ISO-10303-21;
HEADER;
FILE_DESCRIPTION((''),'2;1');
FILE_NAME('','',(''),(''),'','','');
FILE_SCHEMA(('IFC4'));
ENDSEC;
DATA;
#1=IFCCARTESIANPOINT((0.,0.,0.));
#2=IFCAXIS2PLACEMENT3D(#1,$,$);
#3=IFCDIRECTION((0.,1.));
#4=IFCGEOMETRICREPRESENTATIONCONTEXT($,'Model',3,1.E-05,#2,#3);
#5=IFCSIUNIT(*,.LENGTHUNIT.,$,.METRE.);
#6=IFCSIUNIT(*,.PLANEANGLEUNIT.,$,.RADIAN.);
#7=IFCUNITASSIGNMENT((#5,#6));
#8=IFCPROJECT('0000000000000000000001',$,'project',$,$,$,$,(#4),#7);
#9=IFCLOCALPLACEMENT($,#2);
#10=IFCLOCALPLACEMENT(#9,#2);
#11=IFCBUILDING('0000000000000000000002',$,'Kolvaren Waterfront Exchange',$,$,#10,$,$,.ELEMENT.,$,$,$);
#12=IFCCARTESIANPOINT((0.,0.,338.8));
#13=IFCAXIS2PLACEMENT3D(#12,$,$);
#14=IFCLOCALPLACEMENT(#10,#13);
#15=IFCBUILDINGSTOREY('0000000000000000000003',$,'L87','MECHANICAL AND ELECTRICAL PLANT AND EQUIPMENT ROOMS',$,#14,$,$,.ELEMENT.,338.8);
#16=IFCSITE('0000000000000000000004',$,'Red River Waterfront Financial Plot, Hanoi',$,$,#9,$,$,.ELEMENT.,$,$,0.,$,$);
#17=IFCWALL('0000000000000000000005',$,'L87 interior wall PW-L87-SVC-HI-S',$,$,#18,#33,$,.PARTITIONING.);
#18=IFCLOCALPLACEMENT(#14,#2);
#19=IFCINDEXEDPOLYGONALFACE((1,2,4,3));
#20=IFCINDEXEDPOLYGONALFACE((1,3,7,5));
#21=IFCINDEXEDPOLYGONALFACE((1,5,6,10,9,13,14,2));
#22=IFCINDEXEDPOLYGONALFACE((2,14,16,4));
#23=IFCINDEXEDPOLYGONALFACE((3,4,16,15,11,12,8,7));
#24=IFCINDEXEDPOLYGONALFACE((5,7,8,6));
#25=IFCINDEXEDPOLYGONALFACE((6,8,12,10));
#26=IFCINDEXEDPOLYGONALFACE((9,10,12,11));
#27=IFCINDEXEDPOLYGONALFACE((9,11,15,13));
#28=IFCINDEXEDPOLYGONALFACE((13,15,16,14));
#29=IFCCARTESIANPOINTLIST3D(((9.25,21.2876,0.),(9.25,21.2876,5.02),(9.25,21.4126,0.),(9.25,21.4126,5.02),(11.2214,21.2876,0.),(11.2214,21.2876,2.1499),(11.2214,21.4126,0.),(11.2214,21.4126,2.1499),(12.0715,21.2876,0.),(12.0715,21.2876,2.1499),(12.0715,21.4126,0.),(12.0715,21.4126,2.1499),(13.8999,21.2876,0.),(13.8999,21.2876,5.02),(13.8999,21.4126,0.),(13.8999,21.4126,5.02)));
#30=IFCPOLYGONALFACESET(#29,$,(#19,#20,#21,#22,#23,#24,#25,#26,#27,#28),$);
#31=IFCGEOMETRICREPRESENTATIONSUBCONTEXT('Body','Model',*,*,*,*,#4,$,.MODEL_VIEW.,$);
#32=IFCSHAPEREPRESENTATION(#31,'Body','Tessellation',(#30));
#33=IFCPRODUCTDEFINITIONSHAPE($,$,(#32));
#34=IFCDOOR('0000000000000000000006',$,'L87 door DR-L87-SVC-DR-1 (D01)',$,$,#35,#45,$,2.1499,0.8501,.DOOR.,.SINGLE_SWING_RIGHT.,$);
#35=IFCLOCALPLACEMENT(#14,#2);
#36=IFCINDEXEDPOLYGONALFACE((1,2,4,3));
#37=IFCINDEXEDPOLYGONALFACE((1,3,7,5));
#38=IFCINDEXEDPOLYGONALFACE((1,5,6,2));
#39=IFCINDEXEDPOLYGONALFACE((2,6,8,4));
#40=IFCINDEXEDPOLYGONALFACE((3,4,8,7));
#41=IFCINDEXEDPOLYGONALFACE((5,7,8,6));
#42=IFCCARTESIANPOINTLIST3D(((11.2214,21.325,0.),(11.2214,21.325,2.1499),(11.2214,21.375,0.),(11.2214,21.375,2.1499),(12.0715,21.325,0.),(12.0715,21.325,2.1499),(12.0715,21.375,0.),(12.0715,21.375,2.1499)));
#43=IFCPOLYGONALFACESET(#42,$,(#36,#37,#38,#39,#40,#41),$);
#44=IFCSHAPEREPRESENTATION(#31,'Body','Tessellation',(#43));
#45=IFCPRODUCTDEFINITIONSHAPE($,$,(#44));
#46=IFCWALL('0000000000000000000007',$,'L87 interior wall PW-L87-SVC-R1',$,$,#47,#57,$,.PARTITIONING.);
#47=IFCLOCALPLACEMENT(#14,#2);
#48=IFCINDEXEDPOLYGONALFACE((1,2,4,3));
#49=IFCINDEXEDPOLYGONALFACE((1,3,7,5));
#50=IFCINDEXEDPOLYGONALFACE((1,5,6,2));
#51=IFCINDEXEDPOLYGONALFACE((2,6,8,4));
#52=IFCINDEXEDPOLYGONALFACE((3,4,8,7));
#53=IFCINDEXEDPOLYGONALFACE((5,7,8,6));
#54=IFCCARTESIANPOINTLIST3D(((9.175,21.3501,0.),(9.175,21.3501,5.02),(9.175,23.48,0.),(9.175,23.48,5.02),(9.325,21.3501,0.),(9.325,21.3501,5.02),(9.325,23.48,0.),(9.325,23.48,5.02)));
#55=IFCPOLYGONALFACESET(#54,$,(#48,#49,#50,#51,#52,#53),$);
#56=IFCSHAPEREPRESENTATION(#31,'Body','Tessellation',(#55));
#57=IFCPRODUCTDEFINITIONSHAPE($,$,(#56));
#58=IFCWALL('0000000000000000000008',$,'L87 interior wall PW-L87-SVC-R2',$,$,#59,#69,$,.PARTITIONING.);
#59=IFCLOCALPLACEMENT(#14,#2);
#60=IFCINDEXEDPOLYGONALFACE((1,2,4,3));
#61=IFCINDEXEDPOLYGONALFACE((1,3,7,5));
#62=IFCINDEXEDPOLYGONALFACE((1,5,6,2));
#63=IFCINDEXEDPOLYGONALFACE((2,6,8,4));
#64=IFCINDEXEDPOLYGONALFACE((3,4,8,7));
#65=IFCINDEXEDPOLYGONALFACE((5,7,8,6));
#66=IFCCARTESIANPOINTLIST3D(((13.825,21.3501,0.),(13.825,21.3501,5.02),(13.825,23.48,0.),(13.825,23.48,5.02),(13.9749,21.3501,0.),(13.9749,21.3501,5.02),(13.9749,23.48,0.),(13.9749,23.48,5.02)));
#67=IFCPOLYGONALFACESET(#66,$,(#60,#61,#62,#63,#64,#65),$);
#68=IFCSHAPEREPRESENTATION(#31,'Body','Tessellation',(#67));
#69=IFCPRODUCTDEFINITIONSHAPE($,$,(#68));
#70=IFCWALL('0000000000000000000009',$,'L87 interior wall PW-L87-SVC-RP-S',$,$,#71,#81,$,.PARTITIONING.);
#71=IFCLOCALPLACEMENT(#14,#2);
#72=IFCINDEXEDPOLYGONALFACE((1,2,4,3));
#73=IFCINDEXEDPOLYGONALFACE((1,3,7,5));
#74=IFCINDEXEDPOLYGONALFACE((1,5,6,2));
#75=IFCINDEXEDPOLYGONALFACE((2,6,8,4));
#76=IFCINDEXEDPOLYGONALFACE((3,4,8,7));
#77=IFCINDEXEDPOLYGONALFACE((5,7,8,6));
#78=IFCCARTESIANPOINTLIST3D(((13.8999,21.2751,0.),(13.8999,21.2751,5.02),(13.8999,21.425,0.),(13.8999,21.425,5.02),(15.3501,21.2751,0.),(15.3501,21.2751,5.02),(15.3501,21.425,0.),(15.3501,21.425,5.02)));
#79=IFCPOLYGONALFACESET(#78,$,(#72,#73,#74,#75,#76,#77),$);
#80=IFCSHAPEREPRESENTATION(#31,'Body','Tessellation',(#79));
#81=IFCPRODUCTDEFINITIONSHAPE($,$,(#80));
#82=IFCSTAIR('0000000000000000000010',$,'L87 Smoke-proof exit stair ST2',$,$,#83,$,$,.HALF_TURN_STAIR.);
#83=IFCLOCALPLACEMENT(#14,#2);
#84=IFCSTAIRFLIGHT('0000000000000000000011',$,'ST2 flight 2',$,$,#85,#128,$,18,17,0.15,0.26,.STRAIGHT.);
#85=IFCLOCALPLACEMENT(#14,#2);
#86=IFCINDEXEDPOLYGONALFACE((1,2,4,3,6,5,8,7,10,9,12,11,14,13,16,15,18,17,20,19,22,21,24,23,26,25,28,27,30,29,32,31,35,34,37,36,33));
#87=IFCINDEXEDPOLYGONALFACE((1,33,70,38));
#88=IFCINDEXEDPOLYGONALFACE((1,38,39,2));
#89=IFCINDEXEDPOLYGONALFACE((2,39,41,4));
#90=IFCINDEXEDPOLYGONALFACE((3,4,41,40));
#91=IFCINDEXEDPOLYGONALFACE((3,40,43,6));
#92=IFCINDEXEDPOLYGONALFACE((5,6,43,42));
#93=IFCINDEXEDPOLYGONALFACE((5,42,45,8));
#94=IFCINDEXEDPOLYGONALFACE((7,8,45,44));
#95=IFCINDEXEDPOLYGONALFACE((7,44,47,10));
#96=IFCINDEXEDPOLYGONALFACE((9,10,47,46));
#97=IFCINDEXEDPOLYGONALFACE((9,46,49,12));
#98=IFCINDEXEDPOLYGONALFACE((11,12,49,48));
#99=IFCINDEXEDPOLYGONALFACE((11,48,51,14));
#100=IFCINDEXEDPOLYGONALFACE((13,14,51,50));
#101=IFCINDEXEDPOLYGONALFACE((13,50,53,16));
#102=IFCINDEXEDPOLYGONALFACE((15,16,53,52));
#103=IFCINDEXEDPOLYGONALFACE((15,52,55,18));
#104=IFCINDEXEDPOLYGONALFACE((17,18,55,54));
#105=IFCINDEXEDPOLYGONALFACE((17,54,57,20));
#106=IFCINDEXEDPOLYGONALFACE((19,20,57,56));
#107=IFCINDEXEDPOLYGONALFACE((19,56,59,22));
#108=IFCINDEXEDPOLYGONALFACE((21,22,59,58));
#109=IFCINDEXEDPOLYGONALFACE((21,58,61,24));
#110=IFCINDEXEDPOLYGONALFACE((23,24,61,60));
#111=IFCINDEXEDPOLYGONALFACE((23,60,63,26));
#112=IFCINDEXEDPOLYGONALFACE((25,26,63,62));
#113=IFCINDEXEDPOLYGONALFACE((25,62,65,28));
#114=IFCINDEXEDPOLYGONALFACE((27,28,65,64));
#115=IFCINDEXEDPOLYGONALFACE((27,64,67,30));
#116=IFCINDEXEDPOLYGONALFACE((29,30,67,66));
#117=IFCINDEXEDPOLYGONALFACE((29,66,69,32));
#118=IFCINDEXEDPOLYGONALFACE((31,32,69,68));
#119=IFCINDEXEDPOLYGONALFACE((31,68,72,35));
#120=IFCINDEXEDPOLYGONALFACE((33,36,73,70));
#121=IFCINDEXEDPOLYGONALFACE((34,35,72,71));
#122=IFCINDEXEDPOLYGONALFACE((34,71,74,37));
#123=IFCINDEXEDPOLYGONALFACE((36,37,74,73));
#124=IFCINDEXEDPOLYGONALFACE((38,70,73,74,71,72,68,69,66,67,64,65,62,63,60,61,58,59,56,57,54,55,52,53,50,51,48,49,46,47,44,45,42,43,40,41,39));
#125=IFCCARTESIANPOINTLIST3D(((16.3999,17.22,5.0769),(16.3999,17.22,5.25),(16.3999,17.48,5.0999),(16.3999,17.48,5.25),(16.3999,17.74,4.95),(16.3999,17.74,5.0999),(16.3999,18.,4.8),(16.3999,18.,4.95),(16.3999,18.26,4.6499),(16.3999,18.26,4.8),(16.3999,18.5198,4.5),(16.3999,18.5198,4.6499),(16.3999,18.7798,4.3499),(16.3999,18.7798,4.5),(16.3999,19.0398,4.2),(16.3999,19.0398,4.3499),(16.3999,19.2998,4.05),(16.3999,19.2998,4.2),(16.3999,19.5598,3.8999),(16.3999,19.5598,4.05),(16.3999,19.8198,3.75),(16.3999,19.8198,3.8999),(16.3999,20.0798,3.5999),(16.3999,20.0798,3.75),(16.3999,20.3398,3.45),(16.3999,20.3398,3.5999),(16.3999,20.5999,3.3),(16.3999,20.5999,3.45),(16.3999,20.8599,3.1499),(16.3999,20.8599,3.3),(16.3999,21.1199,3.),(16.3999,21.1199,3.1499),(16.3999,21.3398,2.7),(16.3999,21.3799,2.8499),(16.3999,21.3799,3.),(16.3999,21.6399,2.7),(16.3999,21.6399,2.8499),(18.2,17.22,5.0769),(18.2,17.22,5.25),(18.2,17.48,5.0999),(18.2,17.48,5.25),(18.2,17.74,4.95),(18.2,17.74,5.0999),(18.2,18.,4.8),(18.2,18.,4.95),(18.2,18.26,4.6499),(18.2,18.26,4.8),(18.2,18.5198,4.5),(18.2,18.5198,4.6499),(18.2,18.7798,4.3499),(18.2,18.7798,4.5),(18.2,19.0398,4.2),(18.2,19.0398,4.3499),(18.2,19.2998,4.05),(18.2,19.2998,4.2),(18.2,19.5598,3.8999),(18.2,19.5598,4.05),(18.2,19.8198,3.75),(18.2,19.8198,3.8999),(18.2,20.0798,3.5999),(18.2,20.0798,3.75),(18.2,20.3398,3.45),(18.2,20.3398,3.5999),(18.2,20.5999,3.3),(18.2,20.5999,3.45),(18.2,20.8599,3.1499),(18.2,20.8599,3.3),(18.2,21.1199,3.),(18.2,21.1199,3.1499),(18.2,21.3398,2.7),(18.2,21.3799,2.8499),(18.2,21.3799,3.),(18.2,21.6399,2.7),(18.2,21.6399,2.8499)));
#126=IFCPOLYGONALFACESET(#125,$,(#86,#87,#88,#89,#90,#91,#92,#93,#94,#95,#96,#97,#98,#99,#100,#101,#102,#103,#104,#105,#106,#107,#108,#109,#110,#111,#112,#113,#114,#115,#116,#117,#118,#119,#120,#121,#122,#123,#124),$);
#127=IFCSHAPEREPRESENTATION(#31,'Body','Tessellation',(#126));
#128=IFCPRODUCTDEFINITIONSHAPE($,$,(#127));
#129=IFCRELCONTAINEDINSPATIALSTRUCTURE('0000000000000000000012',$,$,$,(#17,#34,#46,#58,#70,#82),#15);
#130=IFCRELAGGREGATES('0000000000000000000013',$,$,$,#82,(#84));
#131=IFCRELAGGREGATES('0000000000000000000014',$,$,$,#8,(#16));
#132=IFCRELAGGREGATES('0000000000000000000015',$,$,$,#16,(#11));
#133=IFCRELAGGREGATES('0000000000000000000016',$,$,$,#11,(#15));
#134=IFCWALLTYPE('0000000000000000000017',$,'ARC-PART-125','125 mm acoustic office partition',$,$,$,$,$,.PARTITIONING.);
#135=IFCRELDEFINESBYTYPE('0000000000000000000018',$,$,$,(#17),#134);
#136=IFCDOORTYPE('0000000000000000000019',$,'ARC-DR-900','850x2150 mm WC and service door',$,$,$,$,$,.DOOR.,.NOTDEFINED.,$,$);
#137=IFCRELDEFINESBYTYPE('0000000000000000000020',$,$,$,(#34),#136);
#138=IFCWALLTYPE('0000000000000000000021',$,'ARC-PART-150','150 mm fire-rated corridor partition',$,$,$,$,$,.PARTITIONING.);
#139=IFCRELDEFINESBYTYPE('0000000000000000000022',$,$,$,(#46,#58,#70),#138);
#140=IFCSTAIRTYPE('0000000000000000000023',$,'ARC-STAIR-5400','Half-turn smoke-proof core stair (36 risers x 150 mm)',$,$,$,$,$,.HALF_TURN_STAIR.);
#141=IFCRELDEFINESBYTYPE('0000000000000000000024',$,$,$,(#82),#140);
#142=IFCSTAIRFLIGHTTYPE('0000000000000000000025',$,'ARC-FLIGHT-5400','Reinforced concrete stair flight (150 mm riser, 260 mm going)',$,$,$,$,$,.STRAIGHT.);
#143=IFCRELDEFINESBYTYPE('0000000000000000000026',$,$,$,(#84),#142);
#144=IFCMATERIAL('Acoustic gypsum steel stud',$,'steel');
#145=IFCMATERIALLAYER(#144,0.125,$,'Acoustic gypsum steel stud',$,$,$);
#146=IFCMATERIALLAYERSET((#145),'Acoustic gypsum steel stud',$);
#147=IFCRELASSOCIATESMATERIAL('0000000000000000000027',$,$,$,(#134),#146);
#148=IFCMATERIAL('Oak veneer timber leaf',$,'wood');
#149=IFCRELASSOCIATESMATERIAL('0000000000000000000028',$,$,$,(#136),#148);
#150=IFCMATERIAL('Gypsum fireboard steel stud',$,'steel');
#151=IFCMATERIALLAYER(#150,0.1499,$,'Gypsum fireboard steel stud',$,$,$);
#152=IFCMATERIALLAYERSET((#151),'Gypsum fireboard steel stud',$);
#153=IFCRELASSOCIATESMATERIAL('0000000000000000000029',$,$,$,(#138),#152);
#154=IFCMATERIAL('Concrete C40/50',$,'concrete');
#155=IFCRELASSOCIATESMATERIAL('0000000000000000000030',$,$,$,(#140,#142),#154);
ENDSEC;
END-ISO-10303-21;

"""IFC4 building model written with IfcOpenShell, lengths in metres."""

from ifc_helpers import new_model, si_unit, direction, frame, frame_2d, origin, place, context, subcontext, project, spatial, polyline, rectangle, outline, extrude, material, layer, layer_set, type_object, element, fill, aggregate, save


model = new_model("IFC4")

# Units and contexts
model_context = context("Model", 3, precision=1e-05, world=origin(), true_north=direction((0.0, 1.0)))
body_context = subcontext(model_context, "Body", "Model", "MODEL_VIEW")
ifc_project = project(units=[si_unit("LENGTHUNIT", "METRE"), si_unit("PLANEANGLEUNIT", "RADIAN")], contexts=[model_context])

# Site, building, storey
site_placement = place(None, origin())
site = spatial("IfcSite", under=ifc_project, at=site_placement, Name="Red River Waterfront Financial Plot, Hanoi", CompositionType="ELEMENT", RefElevation=0.0)
building_placement = place(site_placement, origin())
building = spatial("IfcBuilding", under=site, at=building_placement, Name="Kolvaren Waterfront Exchange", CompositionType="ELEMENT")
storey_placement = place(building_placement, frame((0.0, 0.0, 338.8)))
storey = spatial("IfcBuildingStorey", under=building, at=storey_placement, Name="L87", Description="MECHANICAL AND ELECTRICAL PLANT AND EQUIPMENT ROOMS", CompositionType="ELEMENT", Elevation=338.8)

# Wall, opening, door
ifc_material_1 = material(Name="Acoustic gypsum steel stud", Category="steel")
ifc_layer_1 = layer(ifc_material_1, 0.125, Name="Acoustic gypsum steel stud")
ifc_layer_set_1 = layer_set([ifc_layer_1], Name="Acoustic gypsum steel stud")
wall_type_1 = type_object("IfcWallType", Name="ARC-PART-125", Description="125 mm acoustic office partition", PredefinedType="PARTITIONING", material=ifc_layer_set_1)
wall_1_placement = place(storey_placement, frame((9.25, 21.3501, 0.0), z_axis=(0.0, 0.0, 1.0), x_axis=(1.0, 0.0, 0.0)))
wall_1 = element("IfcWall", 1, at=wall_1_placement, inside=storey, type_object=wall_type_1, Name="L87 interior wall PW-L87-SVC-HI-S", PredefinedType="PARTITIONING", context=body_context, shape_type="SweptSolid", body=[
    extrude(rectangle(XDim=4.6499, YDim=0.125, at=frame_2d((2.325, 0.0))), origin(), (0.0, 0.0, 1.0), 5.02),
])
opening_1_placement = place(wall_1_placement, frame((1.9714, 0.0, 0.0)))
opening_1 = element("IfcOpeningElement", 2, at=opening_1_placement, cuts=wall_1, PredefinedType="OPENING", context=body_context, shape_type="SweptSolid", body=[
    extrude(rectangle(XDim=0.8501, YDim=2.1499, at=frame_2d((0.425, 1.075))), frame((0.0, 0.0725, 0.0), z_axis=(0.0, -1.0, 0.0), x_axis=(1.0, 0.0, 0.0)), (0.0, 0.0, 1.0), 0.145),
])
ifc_material_2 = material(Name="Oak veneer timber leaf", Category="wood")
door_type_1 = type_object("IfcDoorType", Name="ARC-DR-900", Description="850x2150 mm WC and service door", OperationType="NOTDEFINED", PredefinedType="DOOR", material=ifc_material_2)
door_1_placement = place(opening_1_placement, origin())
door_1 = element("IfcDoor", 3, at=door_1_placement, inside=storey, type_object=door_type_1, Name="L87 door DR-L87-SVC-DR-1 (D01)", OperationType="SINGLE_SWING_RIGHT", OverallHeight=2.1499, OverallWidth=0.8501, PredefinedType="DOOR", context=body_context, shape_type="SweptSolid", body=[
    extrude(rectangle(XDim=0.8501, YDim=2.1499, at=frame_2d((0.425, 1.075))), frame((0.0, 0.0249, 0.0), z_axis=(0.0, -1.0, 0.0), x_axis=(1.0, 0.0, 0.0)), (0.0, 0.0, 1.0), 0.05),
])
fill(opening_1, door_1)

# Walls
ifc_material_3 = material(Name="Gypsum fireboard steel stud", Category="steel")
ifc_layer_2 = layer(ifc_material_3, 0.1499, Name="Gypsum fireboard steel stud")
ifc_layer_set_2 = layer_set([ifc_layer_2], Name="Gypsum fireboard steel stud")
wall_type_2 = type_object("IfcWallType", Name="ARC-PART-150", Description="150 mm fire-rated corridor partition", PredefinedType="PARTITIONING", material=ifc_layer_set_2)
for number, where, z_axis, x_axis, name in (
    (4, (9.25, 21.3501, 0.0), (0.0, 0.0, 1.0), (0.0, 1.0, 0.0), "L87 interior wall PW-L87-SVC-R1"),
    (5, (13.8999, 21.3501, 0.0), (0.0, 0.0, 1.0), (0.0, 1.0, 0.0), "L87 interior wall PW-L87-SVC-R2"),
):
    element("IfcWall", number, at=place(storey_placement, frame(where, z_axis=z_axis, x_axis=x_axis)), inside=storey, type_object=wall_type_2, Name=name, PredefinedType="PARTITIONING", context=body_context, shape_type="SweptSolid", body=[
        extrude(rectangle(XDim=2.1299, YDim=0.1499, at=frame_2d((1.0649, 0.0))), origin(), (0.0, 0.0, 1.0), 5.02),
    ])
wall_2_placement = place(storey_placement, frame((13.8999, 21.3501, 0.0), z_axis=(0.0, 0.0, 1.0), x_axis=(1.0, 0.0, 0.0)))
element("IfcWall", 6, at=wall_2_placement, inside=storey, type_object=wall_type_2, Name="L87 interior wall PW-L87-SVC-RP-S", PredefinedType="PARTITIONING", context=body_context, shape_type="SweptSolid", body=[
    extrude(rectangle(XDim=1.4502, YDim=0.1499, at=frame_2d((0.7251, 0.0))), origin(), (0.0, 0.0, 1.0), 5.02),
])

# Stair, stair flight
ifc_material_4 = material(Name="Concrete C40/50", Category="concrete")
stair_type = type_object("IfcStairType", Name="ARC-STAIR-5400", Description="Half-turn smoke-proof core stair (36 risers x 150 mm)", PredefinedType="HALF_TURN_STAIR", material=ifc_material_4)
stair_placement = place(storey_placement, origin())
stair = element("IfcStair", 7, at=stair_placement, inside=storey, type_object=stair_type, Name="L87 Smoke-proof exit stair ST2", PredefinedType="HALF_TURN_STAIR")
stair_flight_type = type_object("IfcStairFlightType", Name="ARC-FLIGHT-5400", Description="Reinforced concrete stair flight (150 mm riser, 260 mm going)", PredefinedType="STRAIGHT", material=ifc_material_4)
stair_flight_placement = place(storey_placement, frame((17.3, 21.6399, 2.7), z_axis=(0.0, 0.0, 1.0), x_axis=(0.0, -1.0, 0.0)))
stair_flight = element("IfcStairFlight", 8, at=stair_flight_placement, type_object=stair_flight_type, Name="ST2 flight 2", NumberOfRisers=18, NumberOfTreads=17, PredefinedType="STRAIGHT", RiserHeight=0.15, TreadLength=0.26, context=body_context, shape_type="SweptSolid", body=[
    extrude(outline(polyline([(0.0, 0.0), (0.0, 0.1499), (0.26, 0.1499), (0.26, 0.3), (0.52, 0.3), (0.52, 0.45), (0.78, 0.45), (0.78, 0.6001), (1.04, 0.6001), (1.04, 0.75), (1.3, 0.75), (1.3, 0.8999), (1.5601, 0.8999), (1.5601, 1.05), (1.8201, 1.05), (1.8201, 1.2), (2.0801, 1.2), (2.0801, 1.3501), (2.3401, 1.3501), (2.3401, 1.5), (2.6001, 1.5), (2.6001, 1.6499), (2.8601, 1.6499), (2.8601, 1.8), (3.1201, 1.8), (3.1201, 1.95), (3.3799, 1.95), (3.3799, 2.1001), (3.6399, 2.1001), (3.6399, 2.25), (3.8999, 2.25), (3.8999, 2.3999), (4.1599, 2.3999), (4.1599, 2.55), (4.4199, 2.55), (4.4199, 2.7), (4.4199, 2.377), (0.3, 0.0), (0.0, 0.0)])), frame((0.0, 0.8999, 0.0), z_axis=(0.0, -1.0, 0.0), x_axis=(1.0, 0.0, 0.0)), (0.0, 0.0, 1.0), 1.8),
])
aggregate(stair, [stair_flight])

save(model, "model.ifc")
